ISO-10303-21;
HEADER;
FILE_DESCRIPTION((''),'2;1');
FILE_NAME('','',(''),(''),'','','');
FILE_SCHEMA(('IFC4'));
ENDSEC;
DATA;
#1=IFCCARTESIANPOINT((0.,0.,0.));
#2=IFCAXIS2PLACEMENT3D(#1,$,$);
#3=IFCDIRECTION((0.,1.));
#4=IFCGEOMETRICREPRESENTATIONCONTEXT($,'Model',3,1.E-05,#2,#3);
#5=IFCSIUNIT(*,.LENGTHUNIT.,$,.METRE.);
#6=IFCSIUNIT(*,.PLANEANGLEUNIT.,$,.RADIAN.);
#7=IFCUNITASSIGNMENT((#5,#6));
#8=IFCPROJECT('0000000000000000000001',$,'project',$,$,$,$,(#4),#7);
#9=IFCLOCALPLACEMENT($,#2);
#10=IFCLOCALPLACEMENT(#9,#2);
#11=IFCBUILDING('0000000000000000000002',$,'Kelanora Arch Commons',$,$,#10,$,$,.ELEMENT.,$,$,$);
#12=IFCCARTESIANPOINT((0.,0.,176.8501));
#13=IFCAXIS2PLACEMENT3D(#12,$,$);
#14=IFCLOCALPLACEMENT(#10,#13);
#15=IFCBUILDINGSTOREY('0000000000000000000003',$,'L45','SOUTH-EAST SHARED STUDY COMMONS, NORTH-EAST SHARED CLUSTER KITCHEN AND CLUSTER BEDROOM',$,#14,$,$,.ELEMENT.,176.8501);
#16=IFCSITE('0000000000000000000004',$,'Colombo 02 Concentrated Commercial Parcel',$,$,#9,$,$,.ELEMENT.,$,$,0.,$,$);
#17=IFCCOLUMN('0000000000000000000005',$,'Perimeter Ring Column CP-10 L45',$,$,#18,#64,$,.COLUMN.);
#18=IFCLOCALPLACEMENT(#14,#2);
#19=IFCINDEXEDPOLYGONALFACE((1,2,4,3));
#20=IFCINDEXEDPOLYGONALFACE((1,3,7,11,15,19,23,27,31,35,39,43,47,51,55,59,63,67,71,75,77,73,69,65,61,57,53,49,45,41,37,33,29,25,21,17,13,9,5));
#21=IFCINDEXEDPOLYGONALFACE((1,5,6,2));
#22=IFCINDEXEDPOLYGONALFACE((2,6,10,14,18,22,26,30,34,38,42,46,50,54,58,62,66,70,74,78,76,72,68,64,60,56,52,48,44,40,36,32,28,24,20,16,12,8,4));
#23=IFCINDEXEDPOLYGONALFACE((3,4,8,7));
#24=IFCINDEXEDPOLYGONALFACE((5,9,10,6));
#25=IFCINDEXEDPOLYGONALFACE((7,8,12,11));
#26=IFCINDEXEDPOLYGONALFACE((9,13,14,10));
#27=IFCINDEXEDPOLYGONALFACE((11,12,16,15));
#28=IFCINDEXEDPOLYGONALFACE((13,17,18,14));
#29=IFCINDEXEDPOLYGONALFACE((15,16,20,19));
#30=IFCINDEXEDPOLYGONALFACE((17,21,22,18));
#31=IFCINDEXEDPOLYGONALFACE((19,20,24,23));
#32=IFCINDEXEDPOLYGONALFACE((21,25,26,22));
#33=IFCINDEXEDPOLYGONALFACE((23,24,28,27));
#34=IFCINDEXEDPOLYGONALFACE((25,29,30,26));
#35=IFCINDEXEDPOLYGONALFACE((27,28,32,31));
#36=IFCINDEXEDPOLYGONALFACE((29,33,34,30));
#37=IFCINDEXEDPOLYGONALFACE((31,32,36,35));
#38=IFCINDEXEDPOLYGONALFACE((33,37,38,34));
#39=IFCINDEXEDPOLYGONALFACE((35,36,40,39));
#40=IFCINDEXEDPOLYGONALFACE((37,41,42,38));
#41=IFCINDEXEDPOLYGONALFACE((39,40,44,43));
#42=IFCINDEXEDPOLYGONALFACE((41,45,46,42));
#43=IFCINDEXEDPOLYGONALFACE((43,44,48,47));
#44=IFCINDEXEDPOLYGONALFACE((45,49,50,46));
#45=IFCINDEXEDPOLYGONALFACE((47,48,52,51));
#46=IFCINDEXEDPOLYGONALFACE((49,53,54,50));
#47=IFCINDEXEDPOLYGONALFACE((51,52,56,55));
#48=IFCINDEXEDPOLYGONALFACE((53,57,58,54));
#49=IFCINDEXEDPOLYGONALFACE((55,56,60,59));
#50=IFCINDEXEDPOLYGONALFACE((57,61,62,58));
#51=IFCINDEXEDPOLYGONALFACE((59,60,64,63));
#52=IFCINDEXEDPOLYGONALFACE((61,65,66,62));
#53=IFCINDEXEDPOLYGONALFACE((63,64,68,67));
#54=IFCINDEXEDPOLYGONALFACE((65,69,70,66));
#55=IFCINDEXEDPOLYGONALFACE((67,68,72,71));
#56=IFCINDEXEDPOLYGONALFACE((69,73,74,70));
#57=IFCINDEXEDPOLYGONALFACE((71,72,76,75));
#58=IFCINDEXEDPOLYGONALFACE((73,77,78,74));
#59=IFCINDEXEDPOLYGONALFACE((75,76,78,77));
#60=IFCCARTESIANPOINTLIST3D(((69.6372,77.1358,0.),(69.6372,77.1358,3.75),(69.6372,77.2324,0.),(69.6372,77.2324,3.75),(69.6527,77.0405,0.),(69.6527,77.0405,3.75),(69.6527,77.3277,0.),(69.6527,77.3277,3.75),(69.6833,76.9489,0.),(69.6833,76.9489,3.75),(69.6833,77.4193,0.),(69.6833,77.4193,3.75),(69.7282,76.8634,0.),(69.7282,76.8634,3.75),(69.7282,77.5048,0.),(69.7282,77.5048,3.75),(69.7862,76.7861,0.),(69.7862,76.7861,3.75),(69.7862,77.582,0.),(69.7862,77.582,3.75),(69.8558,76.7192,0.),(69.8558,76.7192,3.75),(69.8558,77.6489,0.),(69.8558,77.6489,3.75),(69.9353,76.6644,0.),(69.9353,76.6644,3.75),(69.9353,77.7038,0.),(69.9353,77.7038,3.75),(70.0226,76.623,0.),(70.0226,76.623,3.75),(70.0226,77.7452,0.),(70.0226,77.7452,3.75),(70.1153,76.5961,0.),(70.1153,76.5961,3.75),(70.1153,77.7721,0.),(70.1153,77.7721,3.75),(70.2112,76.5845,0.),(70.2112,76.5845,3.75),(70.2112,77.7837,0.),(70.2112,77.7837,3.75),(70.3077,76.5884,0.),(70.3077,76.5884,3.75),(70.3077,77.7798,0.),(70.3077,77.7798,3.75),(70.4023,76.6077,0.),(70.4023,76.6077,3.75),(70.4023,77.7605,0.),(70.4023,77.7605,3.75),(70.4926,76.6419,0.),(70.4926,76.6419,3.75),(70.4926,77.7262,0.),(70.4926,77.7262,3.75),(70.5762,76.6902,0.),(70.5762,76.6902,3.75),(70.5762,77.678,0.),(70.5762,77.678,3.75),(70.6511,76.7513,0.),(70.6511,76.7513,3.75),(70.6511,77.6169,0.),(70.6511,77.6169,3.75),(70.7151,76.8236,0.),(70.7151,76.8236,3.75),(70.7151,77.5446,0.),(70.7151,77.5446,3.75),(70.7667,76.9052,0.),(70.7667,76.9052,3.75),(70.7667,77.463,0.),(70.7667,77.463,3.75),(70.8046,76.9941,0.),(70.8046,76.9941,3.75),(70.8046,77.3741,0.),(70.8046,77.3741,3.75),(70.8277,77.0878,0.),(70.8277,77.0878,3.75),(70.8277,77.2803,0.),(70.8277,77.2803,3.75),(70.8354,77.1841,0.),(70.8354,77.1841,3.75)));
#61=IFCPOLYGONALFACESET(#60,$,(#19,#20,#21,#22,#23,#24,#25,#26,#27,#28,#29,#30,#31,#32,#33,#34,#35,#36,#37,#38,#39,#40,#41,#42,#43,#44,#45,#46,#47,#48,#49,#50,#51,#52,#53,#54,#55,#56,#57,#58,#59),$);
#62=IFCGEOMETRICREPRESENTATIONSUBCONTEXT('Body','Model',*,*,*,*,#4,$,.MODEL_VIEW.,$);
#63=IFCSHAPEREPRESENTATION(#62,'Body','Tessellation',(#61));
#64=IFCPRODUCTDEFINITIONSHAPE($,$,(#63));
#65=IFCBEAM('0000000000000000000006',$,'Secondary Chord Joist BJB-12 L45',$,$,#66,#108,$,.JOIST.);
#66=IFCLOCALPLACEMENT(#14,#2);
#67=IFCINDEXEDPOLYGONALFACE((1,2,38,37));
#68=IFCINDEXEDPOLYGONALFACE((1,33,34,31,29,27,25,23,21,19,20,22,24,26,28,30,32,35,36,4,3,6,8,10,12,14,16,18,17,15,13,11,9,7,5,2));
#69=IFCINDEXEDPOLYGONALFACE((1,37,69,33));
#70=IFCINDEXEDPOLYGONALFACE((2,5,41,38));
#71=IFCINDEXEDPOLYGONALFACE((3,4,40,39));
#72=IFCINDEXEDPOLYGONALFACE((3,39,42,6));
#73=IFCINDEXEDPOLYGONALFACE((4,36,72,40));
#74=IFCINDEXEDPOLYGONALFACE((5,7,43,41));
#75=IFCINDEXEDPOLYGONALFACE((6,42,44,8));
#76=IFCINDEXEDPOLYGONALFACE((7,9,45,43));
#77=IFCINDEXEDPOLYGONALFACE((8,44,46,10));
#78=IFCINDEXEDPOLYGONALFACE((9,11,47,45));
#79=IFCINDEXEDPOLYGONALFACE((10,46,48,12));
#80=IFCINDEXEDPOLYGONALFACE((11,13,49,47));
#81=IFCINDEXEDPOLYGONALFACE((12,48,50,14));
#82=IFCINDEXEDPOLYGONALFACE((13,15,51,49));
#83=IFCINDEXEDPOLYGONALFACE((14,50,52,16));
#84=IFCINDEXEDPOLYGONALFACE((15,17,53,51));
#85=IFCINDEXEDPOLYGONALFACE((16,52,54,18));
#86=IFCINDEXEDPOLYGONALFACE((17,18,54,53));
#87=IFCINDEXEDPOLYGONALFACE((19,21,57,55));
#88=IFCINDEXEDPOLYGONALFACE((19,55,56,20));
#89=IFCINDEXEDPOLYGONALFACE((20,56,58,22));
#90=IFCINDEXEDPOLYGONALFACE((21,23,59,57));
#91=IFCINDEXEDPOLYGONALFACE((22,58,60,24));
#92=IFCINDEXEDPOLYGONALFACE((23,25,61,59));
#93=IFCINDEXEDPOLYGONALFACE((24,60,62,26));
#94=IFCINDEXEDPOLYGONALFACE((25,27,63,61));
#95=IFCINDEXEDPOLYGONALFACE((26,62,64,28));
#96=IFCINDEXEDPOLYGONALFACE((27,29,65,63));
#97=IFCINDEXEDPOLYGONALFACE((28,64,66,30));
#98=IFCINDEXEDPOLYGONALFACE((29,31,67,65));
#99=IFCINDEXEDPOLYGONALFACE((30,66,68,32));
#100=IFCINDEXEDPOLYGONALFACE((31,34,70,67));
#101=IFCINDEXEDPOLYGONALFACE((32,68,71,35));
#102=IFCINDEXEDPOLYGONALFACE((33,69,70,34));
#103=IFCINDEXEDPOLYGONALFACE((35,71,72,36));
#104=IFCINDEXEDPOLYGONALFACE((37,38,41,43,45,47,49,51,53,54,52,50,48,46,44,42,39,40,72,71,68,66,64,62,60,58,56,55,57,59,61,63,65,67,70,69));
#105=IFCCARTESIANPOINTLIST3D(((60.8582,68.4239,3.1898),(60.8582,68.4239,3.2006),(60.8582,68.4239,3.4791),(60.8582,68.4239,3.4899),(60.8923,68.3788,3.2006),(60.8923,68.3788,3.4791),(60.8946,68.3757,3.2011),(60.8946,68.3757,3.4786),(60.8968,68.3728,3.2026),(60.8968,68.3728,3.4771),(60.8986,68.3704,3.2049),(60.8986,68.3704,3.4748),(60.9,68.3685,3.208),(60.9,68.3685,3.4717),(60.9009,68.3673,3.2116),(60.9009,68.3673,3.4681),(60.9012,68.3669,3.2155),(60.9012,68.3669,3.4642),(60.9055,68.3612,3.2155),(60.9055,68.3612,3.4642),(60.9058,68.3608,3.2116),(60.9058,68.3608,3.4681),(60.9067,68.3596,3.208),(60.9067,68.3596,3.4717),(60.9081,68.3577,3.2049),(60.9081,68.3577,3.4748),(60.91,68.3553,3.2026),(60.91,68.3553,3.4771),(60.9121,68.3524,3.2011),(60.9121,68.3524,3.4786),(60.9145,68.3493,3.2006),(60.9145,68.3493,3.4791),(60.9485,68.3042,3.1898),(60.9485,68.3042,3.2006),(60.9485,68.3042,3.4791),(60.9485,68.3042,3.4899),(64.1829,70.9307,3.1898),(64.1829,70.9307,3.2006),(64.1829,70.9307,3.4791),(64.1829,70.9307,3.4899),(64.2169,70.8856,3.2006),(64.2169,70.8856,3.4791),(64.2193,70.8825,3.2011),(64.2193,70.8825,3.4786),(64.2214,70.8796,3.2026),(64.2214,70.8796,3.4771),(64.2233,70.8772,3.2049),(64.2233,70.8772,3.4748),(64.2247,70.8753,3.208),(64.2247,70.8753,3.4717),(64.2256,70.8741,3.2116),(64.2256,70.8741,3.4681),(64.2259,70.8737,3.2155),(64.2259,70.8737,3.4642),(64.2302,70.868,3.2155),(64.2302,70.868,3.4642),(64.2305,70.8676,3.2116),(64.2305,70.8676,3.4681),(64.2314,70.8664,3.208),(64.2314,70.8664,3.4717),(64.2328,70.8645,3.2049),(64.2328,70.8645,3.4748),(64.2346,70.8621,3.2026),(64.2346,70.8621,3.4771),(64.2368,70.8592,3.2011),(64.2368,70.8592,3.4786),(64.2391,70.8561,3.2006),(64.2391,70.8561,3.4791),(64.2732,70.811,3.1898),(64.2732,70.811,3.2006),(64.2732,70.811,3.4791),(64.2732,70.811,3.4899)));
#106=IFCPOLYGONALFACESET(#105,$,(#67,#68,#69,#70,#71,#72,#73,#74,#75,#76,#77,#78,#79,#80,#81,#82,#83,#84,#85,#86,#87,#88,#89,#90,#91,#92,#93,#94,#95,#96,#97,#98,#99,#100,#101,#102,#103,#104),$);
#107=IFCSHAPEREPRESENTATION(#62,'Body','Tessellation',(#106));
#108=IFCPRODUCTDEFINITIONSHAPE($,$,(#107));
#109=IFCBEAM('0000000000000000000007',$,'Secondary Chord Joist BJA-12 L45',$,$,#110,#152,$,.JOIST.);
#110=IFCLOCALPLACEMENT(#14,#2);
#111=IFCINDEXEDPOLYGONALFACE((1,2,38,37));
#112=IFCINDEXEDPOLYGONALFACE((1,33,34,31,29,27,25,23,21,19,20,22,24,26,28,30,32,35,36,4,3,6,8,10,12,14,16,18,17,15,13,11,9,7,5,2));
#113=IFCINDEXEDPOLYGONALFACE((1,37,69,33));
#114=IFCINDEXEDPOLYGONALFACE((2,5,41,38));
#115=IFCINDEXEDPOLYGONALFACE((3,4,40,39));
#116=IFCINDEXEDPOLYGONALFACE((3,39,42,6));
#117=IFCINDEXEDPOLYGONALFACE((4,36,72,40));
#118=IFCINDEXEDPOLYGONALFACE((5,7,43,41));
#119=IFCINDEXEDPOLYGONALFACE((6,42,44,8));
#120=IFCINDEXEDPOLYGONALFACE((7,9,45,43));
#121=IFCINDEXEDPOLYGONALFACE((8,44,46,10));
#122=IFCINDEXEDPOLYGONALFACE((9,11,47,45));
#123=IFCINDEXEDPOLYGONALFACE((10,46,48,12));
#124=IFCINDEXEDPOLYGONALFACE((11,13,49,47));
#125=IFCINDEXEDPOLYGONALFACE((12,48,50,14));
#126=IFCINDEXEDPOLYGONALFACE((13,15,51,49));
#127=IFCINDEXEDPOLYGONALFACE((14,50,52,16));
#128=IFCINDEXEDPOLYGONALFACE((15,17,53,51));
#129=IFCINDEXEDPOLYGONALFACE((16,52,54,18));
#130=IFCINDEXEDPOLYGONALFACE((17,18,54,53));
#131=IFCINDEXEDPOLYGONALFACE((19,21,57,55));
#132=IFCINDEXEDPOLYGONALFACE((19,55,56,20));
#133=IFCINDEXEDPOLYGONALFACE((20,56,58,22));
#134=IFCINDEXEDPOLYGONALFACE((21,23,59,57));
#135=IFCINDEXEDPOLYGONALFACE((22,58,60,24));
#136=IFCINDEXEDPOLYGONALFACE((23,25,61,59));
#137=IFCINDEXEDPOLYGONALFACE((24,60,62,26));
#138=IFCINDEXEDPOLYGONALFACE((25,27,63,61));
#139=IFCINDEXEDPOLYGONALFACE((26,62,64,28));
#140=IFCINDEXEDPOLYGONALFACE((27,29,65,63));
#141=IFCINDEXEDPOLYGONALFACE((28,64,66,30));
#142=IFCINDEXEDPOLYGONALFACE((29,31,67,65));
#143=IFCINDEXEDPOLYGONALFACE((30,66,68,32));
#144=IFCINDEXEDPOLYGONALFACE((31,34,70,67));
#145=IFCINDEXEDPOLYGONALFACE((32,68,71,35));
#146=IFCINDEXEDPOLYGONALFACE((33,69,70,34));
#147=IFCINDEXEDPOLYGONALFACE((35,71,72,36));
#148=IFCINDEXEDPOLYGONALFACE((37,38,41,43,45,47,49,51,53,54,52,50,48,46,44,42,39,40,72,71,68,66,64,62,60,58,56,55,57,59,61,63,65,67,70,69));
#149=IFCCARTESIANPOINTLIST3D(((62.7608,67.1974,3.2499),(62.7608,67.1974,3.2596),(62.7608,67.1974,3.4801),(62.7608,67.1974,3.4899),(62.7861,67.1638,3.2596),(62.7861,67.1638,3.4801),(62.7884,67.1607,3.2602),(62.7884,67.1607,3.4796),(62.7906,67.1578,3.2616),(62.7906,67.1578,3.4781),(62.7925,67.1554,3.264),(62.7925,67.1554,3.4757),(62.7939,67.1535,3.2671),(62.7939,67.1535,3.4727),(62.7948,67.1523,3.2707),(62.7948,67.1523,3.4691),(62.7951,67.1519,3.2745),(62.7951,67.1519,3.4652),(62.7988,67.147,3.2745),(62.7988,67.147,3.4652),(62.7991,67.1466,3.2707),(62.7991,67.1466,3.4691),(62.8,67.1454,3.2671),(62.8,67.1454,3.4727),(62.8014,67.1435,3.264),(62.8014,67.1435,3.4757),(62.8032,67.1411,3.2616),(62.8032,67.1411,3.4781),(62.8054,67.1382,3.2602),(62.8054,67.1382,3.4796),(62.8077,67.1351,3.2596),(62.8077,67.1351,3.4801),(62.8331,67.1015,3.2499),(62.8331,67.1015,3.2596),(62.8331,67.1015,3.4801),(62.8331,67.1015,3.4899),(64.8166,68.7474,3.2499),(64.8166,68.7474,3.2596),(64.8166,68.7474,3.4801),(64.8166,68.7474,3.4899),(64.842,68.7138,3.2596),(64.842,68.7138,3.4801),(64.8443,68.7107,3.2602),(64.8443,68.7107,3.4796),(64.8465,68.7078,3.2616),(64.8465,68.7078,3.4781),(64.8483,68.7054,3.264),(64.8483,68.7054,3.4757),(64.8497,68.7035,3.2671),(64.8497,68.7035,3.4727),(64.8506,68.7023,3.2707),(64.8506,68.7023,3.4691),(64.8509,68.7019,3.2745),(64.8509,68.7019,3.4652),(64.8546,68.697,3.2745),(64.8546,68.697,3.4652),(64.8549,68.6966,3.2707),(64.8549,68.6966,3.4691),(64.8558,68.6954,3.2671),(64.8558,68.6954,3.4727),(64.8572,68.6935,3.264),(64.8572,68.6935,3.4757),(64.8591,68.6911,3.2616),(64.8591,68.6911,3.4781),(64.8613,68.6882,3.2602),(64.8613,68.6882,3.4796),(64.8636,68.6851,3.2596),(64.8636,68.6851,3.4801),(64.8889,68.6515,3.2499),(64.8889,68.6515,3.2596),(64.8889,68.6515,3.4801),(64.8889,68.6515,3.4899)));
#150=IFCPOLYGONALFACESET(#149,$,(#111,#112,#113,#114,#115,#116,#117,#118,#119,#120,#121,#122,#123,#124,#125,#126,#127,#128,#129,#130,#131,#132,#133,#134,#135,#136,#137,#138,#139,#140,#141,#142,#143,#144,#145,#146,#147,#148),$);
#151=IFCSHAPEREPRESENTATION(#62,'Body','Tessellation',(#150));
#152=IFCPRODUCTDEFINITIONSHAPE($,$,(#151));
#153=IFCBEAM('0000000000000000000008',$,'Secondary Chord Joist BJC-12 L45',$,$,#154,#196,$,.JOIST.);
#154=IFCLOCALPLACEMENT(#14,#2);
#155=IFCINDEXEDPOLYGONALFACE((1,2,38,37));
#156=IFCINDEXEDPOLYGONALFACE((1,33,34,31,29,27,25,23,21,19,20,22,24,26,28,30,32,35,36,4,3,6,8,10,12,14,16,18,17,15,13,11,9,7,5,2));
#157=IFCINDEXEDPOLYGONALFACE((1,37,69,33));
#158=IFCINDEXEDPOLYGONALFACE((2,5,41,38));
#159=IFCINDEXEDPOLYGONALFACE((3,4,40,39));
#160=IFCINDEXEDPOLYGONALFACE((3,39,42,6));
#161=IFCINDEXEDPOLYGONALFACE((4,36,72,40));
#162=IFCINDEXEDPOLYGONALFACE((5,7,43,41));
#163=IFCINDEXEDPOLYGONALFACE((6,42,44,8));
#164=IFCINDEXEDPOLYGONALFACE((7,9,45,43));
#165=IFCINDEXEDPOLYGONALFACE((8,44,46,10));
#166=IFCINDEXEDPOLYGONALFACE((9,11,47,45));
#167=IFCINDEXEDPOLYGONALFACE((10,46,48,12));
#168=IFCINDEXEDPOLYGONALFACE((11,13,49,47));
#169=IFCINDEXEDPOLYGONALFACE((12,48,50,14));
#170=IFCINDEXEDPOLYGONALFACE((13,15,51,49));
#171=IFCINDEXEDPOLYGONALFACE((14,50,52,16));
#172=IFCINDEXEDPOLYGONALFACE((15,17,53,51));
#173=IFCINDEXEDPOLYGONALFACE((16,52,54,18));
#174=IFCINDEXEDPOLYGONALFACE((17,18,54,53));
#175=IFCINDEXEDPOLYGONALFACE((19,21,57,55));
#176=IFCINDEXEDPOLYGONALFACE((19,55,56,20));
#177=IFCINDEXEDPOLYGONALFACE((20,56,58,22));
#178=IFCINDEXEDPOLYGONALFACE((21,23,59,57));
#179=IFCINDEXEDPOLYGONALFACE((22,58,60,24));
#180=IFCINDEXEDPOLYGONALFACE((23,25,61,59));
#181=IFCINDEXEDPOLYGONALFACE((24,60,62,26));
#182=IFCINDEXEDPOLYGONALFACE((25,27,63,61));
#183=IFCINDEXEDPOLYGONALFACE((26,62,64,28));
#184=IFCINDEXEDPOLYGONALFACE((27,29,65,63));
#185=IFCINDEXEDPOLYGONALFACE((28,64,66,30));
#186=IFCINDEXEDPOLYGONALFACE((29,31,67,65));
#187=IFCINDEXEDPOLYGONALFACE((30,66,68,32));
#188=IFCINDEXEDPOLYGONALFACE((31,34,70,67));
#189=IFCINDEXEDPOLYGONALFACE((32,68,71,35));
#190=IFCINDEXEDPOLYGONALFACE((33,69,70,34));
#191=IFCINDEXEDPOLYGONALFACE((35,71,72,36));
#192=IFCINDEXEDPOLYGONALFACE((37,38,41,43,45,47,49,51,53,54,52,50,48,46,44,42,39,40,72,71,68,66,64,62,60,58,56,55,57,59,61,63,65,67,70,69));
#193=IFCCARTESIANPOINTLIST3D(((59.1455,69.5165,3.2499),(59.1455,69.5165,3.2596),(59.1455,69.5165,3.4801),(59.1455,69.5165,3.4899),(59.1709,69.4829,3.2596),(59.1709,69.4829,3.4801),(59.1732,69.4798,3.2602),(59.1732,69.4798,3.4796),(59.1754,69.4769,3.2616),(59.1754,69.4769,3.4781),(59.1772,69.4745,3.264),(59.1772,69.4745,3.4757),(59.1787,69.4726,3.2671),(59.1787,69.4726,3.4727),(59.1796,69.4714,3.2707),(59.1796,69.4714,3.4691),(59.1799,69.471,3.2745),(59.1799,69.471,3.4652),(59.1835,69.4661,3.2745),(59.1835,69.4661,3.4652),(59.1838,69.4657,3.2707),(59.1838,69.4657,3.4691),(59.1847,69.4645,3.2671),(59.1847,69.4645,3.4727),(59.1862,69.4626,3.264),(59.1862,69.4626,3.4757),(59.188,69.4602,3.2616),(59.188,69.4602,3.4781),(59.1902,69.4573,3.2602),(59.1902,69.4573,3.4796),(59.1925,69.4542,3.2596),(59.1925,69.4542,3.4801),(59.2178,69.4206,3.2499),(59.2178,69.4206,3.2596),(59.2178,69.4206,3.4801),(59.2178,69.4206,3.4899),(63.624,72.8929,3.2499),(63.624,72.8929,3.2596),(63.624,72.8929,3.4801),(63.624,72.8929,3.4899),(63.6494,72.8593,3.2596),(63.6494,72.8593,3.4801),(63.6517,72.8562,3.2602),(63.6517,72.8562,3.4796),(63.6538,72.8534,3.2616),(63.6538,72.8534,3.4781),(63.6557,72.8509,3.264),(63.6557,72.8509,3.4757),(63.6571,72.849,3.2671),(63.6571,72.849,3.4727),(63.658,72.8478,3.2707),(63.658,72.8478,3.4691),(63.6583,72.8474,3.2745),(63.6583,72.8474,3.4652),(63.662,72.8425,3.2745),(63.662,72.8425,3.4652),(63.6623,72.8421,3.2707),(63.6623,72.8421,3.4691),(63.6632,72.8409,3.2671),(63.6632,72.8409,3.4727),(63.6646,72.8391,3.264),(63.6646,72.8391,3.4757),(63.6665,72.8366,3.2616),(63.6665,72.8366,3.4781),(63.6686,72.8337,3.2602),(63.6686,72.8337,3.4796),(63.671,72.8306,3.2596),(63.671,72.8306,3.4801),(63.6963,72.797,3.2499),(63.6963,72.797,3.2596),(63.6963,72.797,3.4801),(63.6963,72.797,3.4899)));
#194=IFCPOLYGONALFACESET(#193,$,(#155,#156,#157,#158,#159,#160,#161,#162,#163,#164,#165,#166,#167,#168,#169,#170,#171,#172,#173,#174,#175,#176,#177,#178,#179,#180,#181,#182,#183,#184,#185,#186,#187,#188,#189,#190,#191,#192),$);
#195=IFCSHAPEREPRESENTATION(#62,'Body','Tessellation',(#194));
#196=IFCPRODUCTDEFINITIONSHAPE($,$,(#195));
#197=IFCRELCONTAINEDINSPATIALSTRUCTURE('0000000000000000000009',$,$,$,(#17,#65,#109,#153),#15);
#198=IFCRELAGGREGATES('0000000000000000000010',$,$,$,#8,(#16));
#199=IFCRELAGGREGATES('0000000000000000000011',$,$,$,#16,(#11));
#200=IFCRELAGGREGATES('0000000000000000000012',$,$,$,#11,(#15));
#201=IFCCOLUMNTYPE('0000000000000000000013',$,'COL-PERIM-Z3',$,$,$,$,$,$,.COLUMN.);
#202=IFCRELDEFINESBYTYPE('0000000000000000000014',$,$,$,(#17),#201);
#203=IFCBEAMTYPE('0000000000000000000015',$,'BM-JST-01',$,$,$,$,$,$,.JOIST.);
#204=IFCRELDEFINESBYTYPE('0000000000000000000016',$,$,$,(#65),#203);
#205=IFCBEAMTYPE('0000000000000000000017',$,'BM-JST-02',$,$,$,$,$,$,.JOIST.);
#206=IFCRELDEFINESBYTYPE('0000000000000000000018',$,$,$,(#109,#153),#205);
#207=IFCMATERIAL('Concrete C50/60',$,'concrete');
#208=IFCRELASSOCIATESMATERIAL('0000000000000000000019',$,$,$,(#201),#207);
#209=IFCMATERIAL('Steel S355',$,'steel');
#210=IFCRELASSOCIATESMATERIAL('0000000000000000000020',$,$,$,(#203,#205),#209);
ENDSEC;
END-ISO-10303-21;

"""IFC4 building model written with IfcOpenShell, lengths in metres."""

from ifc_helpers import new_model, si_unit, direction, frame, origin, origin_2d, place, context, subcontext, project, spatial, circle, i_section, extrude, material, material_profile, profile_set, type_object, element, save


model = new_model("IFC4")

# Units and contexts
model_context = context("Model", 3, precision=1e-05, world=origin(), true_north=direction((0.0, 1.0)))
body_context = subcontext(model_context, "Body", "Model", "MODEL_VIEW")
ifc_project = project(units=[si_unit("LENGTHUNIT", "METRE"), si_unit("PLANEANGLEUNIT", "RADIAN")], contexts=[model_context])

# Site, building, storey
site_placement = place(None, origin())
site = spatial("IfcSite", under=ifc_project, at=site_placement, Name="Colombo 02 Concentrated Commercial Parcel", CompositionType="ELEMENT", RefElevation=0.0)
building_placement = place(site_placement, origin())
building = spatial("IfcBuilding", under=site, at=building_placement, Name="Kelanora Arch Commons", CompositionType="ELEMENT")
storey_placement = place(building_placement, frame((0.0, 0.0, 176.8501)))
storey = spatial("IfcBuildingStorey", under=building, at=storey_placement, Name="L45", Description="SOUTH-EAST SHARED STUDY COMMONS, NORTH-EAST SHARED CLUSTER KITCHEN AND CLUSTER BEDROOM", CompositionType="ELEMENT", Elevation=176.8501)

# Column
ifc_material_1 = material(Name="Concrete C50/60", Category="concrete")
ifc_material_profile_1 = material_profile(ifc_material_1, circle(Radius=0.6001, at=origin_2d()), Name="RCC1200")
ifc_profile_set_1 = profile_set([ifc_material_profile_1], Name="Concrete C50/60")
column_type = type_object("IfcColumnType", Name="COL-PERIM-Z3", PredefinedType="COLUMN", material=ifc_profile_set_1)
column_placement = place(storey_placement, frame((70.2354, 77.1841, 0.0), z_axis=(0.0, 0.0, 1.0), x_axis=(1.0, 0.0, 0.0)))
element("IfcColumn", 1, at=column_placement, inside=storey, type_object=column_type, Name="Perimeter Ring Column CP-10 L45", PredefinedType="COLUMN", context=body_context, shape_type="SweptSolid", body=[
    extrude(circle(Radius=0.6001, at=origin_2d()), origin(), (0.0, 0.0, 1.0), 3.75),
])

# Beams
ifc_material_2 = material(Name="Steel S355", Category="steel")
ifc_material_profile_2 = material_profile(ifc_material_2, i_section(OverallWidth=0.1499, OverallDepth=0.3, WebThickness=0.0071, FlangeThickness=0.0107, FilletRadius=0.0149, at=origin_2d()), Name="IPE300")
ifc_profile_set_2 = profile_set([ifc_material_profile_2], Name="Steel S355")
beam_type_1 = type_object("IfcBeamType", Name="BM-JST-01", PredefinedType="JOIST", material=ifc_profile_set_2)
beam_1_placement = place(storey_placement, frame((64.228, 70.8708, 3.3398), z_axis=(-0.798464, -0.602043, 0.0), x_axis=(0.602043, -0.798464, 0.0)))
element("IfcBeam", 2, at=beam_1_placement, inside=storey, type_object=beam_type_1, Name="Secondary Chord Joist BJB-12 L45", PredefinedType="JOIST", context=body_context, shape_type="SweptSolid", body=[
    extrude(i_section(OverallWidth=0.1499, OverallDepth=0.3, WebThickness=0.0071, FlangeThickness=0.0107, FilletRadius=0.0149, at=origin_2d()), origin(), (0.0, 0.0, 1.0), 4.1638),
])
ifc_material_profile_3 = material_profile(ifc_material_2, i_section(OverallWidth=0.1201, OverallDepth=0.24, WebThickness=0.0061, FlangeThickness=0.0098, FilletRadius=0.0149, at=origin_2d()), Name="IPE240")
ifc_profile_set_3 = profile_set([ifc_material_profile_3], Name="Steel S355")
beam_type_2 = type_object("IfcBeamType", Name="BM-JST-02", PredefinedType="JOIST", material=ifc_profile_set_3)
beam_2_placement = place(storey_placement, frame((64.8528, 68.6995, 3.3699), z_axis=(-0.798484, -0.602016, 0.0), x_axis=(0.602016, -0.798484, 0.0)))
element("IfcBeam", 3, at=beam_2_placement, inside=storey, type_object=beam_type_2, Name="Secondary Chord Joist BJA-12 L45", PredefinedType="JOIST", context=body_context, shape_type="SweptSolid", body=[
    extrude(i_section(OverallWidth=0.1201, OverallDepth=0.24, WebThickness=0.0061, FlangeThickness=0.0098, FilletRadius=0.0149, at=origin_2d()), origin(), (0.0, 0.0, 1.0), 2.5747),
])
beam_3_placement = place(storey_placement, frame((63.6602, 72.845, 3.3699), z_axis=(-0.798493, -0.602004, 0.0), x_axis=(0.602004, -0.798493, 0.0)))
element("IfcBeam", 4, at=beam_3_placement, inside=storey, type_object=beam_type_2, Name="Secondary Chord Joist BJC-12 L45", PredefinedType="JOIST", context=body_context, shape_type="SweptSolid", body=[
    extrude(i_section(OverallWidth=0.1201, OverallDepth=0.24, WebThickness=0.0061, FlangeThickness=0.0098, FilletRadius=0.0149, at=origin_2d()), origin(), (0.0, 0.0, 1.0), 5.6086),
])

save(model, "model.ifc")
